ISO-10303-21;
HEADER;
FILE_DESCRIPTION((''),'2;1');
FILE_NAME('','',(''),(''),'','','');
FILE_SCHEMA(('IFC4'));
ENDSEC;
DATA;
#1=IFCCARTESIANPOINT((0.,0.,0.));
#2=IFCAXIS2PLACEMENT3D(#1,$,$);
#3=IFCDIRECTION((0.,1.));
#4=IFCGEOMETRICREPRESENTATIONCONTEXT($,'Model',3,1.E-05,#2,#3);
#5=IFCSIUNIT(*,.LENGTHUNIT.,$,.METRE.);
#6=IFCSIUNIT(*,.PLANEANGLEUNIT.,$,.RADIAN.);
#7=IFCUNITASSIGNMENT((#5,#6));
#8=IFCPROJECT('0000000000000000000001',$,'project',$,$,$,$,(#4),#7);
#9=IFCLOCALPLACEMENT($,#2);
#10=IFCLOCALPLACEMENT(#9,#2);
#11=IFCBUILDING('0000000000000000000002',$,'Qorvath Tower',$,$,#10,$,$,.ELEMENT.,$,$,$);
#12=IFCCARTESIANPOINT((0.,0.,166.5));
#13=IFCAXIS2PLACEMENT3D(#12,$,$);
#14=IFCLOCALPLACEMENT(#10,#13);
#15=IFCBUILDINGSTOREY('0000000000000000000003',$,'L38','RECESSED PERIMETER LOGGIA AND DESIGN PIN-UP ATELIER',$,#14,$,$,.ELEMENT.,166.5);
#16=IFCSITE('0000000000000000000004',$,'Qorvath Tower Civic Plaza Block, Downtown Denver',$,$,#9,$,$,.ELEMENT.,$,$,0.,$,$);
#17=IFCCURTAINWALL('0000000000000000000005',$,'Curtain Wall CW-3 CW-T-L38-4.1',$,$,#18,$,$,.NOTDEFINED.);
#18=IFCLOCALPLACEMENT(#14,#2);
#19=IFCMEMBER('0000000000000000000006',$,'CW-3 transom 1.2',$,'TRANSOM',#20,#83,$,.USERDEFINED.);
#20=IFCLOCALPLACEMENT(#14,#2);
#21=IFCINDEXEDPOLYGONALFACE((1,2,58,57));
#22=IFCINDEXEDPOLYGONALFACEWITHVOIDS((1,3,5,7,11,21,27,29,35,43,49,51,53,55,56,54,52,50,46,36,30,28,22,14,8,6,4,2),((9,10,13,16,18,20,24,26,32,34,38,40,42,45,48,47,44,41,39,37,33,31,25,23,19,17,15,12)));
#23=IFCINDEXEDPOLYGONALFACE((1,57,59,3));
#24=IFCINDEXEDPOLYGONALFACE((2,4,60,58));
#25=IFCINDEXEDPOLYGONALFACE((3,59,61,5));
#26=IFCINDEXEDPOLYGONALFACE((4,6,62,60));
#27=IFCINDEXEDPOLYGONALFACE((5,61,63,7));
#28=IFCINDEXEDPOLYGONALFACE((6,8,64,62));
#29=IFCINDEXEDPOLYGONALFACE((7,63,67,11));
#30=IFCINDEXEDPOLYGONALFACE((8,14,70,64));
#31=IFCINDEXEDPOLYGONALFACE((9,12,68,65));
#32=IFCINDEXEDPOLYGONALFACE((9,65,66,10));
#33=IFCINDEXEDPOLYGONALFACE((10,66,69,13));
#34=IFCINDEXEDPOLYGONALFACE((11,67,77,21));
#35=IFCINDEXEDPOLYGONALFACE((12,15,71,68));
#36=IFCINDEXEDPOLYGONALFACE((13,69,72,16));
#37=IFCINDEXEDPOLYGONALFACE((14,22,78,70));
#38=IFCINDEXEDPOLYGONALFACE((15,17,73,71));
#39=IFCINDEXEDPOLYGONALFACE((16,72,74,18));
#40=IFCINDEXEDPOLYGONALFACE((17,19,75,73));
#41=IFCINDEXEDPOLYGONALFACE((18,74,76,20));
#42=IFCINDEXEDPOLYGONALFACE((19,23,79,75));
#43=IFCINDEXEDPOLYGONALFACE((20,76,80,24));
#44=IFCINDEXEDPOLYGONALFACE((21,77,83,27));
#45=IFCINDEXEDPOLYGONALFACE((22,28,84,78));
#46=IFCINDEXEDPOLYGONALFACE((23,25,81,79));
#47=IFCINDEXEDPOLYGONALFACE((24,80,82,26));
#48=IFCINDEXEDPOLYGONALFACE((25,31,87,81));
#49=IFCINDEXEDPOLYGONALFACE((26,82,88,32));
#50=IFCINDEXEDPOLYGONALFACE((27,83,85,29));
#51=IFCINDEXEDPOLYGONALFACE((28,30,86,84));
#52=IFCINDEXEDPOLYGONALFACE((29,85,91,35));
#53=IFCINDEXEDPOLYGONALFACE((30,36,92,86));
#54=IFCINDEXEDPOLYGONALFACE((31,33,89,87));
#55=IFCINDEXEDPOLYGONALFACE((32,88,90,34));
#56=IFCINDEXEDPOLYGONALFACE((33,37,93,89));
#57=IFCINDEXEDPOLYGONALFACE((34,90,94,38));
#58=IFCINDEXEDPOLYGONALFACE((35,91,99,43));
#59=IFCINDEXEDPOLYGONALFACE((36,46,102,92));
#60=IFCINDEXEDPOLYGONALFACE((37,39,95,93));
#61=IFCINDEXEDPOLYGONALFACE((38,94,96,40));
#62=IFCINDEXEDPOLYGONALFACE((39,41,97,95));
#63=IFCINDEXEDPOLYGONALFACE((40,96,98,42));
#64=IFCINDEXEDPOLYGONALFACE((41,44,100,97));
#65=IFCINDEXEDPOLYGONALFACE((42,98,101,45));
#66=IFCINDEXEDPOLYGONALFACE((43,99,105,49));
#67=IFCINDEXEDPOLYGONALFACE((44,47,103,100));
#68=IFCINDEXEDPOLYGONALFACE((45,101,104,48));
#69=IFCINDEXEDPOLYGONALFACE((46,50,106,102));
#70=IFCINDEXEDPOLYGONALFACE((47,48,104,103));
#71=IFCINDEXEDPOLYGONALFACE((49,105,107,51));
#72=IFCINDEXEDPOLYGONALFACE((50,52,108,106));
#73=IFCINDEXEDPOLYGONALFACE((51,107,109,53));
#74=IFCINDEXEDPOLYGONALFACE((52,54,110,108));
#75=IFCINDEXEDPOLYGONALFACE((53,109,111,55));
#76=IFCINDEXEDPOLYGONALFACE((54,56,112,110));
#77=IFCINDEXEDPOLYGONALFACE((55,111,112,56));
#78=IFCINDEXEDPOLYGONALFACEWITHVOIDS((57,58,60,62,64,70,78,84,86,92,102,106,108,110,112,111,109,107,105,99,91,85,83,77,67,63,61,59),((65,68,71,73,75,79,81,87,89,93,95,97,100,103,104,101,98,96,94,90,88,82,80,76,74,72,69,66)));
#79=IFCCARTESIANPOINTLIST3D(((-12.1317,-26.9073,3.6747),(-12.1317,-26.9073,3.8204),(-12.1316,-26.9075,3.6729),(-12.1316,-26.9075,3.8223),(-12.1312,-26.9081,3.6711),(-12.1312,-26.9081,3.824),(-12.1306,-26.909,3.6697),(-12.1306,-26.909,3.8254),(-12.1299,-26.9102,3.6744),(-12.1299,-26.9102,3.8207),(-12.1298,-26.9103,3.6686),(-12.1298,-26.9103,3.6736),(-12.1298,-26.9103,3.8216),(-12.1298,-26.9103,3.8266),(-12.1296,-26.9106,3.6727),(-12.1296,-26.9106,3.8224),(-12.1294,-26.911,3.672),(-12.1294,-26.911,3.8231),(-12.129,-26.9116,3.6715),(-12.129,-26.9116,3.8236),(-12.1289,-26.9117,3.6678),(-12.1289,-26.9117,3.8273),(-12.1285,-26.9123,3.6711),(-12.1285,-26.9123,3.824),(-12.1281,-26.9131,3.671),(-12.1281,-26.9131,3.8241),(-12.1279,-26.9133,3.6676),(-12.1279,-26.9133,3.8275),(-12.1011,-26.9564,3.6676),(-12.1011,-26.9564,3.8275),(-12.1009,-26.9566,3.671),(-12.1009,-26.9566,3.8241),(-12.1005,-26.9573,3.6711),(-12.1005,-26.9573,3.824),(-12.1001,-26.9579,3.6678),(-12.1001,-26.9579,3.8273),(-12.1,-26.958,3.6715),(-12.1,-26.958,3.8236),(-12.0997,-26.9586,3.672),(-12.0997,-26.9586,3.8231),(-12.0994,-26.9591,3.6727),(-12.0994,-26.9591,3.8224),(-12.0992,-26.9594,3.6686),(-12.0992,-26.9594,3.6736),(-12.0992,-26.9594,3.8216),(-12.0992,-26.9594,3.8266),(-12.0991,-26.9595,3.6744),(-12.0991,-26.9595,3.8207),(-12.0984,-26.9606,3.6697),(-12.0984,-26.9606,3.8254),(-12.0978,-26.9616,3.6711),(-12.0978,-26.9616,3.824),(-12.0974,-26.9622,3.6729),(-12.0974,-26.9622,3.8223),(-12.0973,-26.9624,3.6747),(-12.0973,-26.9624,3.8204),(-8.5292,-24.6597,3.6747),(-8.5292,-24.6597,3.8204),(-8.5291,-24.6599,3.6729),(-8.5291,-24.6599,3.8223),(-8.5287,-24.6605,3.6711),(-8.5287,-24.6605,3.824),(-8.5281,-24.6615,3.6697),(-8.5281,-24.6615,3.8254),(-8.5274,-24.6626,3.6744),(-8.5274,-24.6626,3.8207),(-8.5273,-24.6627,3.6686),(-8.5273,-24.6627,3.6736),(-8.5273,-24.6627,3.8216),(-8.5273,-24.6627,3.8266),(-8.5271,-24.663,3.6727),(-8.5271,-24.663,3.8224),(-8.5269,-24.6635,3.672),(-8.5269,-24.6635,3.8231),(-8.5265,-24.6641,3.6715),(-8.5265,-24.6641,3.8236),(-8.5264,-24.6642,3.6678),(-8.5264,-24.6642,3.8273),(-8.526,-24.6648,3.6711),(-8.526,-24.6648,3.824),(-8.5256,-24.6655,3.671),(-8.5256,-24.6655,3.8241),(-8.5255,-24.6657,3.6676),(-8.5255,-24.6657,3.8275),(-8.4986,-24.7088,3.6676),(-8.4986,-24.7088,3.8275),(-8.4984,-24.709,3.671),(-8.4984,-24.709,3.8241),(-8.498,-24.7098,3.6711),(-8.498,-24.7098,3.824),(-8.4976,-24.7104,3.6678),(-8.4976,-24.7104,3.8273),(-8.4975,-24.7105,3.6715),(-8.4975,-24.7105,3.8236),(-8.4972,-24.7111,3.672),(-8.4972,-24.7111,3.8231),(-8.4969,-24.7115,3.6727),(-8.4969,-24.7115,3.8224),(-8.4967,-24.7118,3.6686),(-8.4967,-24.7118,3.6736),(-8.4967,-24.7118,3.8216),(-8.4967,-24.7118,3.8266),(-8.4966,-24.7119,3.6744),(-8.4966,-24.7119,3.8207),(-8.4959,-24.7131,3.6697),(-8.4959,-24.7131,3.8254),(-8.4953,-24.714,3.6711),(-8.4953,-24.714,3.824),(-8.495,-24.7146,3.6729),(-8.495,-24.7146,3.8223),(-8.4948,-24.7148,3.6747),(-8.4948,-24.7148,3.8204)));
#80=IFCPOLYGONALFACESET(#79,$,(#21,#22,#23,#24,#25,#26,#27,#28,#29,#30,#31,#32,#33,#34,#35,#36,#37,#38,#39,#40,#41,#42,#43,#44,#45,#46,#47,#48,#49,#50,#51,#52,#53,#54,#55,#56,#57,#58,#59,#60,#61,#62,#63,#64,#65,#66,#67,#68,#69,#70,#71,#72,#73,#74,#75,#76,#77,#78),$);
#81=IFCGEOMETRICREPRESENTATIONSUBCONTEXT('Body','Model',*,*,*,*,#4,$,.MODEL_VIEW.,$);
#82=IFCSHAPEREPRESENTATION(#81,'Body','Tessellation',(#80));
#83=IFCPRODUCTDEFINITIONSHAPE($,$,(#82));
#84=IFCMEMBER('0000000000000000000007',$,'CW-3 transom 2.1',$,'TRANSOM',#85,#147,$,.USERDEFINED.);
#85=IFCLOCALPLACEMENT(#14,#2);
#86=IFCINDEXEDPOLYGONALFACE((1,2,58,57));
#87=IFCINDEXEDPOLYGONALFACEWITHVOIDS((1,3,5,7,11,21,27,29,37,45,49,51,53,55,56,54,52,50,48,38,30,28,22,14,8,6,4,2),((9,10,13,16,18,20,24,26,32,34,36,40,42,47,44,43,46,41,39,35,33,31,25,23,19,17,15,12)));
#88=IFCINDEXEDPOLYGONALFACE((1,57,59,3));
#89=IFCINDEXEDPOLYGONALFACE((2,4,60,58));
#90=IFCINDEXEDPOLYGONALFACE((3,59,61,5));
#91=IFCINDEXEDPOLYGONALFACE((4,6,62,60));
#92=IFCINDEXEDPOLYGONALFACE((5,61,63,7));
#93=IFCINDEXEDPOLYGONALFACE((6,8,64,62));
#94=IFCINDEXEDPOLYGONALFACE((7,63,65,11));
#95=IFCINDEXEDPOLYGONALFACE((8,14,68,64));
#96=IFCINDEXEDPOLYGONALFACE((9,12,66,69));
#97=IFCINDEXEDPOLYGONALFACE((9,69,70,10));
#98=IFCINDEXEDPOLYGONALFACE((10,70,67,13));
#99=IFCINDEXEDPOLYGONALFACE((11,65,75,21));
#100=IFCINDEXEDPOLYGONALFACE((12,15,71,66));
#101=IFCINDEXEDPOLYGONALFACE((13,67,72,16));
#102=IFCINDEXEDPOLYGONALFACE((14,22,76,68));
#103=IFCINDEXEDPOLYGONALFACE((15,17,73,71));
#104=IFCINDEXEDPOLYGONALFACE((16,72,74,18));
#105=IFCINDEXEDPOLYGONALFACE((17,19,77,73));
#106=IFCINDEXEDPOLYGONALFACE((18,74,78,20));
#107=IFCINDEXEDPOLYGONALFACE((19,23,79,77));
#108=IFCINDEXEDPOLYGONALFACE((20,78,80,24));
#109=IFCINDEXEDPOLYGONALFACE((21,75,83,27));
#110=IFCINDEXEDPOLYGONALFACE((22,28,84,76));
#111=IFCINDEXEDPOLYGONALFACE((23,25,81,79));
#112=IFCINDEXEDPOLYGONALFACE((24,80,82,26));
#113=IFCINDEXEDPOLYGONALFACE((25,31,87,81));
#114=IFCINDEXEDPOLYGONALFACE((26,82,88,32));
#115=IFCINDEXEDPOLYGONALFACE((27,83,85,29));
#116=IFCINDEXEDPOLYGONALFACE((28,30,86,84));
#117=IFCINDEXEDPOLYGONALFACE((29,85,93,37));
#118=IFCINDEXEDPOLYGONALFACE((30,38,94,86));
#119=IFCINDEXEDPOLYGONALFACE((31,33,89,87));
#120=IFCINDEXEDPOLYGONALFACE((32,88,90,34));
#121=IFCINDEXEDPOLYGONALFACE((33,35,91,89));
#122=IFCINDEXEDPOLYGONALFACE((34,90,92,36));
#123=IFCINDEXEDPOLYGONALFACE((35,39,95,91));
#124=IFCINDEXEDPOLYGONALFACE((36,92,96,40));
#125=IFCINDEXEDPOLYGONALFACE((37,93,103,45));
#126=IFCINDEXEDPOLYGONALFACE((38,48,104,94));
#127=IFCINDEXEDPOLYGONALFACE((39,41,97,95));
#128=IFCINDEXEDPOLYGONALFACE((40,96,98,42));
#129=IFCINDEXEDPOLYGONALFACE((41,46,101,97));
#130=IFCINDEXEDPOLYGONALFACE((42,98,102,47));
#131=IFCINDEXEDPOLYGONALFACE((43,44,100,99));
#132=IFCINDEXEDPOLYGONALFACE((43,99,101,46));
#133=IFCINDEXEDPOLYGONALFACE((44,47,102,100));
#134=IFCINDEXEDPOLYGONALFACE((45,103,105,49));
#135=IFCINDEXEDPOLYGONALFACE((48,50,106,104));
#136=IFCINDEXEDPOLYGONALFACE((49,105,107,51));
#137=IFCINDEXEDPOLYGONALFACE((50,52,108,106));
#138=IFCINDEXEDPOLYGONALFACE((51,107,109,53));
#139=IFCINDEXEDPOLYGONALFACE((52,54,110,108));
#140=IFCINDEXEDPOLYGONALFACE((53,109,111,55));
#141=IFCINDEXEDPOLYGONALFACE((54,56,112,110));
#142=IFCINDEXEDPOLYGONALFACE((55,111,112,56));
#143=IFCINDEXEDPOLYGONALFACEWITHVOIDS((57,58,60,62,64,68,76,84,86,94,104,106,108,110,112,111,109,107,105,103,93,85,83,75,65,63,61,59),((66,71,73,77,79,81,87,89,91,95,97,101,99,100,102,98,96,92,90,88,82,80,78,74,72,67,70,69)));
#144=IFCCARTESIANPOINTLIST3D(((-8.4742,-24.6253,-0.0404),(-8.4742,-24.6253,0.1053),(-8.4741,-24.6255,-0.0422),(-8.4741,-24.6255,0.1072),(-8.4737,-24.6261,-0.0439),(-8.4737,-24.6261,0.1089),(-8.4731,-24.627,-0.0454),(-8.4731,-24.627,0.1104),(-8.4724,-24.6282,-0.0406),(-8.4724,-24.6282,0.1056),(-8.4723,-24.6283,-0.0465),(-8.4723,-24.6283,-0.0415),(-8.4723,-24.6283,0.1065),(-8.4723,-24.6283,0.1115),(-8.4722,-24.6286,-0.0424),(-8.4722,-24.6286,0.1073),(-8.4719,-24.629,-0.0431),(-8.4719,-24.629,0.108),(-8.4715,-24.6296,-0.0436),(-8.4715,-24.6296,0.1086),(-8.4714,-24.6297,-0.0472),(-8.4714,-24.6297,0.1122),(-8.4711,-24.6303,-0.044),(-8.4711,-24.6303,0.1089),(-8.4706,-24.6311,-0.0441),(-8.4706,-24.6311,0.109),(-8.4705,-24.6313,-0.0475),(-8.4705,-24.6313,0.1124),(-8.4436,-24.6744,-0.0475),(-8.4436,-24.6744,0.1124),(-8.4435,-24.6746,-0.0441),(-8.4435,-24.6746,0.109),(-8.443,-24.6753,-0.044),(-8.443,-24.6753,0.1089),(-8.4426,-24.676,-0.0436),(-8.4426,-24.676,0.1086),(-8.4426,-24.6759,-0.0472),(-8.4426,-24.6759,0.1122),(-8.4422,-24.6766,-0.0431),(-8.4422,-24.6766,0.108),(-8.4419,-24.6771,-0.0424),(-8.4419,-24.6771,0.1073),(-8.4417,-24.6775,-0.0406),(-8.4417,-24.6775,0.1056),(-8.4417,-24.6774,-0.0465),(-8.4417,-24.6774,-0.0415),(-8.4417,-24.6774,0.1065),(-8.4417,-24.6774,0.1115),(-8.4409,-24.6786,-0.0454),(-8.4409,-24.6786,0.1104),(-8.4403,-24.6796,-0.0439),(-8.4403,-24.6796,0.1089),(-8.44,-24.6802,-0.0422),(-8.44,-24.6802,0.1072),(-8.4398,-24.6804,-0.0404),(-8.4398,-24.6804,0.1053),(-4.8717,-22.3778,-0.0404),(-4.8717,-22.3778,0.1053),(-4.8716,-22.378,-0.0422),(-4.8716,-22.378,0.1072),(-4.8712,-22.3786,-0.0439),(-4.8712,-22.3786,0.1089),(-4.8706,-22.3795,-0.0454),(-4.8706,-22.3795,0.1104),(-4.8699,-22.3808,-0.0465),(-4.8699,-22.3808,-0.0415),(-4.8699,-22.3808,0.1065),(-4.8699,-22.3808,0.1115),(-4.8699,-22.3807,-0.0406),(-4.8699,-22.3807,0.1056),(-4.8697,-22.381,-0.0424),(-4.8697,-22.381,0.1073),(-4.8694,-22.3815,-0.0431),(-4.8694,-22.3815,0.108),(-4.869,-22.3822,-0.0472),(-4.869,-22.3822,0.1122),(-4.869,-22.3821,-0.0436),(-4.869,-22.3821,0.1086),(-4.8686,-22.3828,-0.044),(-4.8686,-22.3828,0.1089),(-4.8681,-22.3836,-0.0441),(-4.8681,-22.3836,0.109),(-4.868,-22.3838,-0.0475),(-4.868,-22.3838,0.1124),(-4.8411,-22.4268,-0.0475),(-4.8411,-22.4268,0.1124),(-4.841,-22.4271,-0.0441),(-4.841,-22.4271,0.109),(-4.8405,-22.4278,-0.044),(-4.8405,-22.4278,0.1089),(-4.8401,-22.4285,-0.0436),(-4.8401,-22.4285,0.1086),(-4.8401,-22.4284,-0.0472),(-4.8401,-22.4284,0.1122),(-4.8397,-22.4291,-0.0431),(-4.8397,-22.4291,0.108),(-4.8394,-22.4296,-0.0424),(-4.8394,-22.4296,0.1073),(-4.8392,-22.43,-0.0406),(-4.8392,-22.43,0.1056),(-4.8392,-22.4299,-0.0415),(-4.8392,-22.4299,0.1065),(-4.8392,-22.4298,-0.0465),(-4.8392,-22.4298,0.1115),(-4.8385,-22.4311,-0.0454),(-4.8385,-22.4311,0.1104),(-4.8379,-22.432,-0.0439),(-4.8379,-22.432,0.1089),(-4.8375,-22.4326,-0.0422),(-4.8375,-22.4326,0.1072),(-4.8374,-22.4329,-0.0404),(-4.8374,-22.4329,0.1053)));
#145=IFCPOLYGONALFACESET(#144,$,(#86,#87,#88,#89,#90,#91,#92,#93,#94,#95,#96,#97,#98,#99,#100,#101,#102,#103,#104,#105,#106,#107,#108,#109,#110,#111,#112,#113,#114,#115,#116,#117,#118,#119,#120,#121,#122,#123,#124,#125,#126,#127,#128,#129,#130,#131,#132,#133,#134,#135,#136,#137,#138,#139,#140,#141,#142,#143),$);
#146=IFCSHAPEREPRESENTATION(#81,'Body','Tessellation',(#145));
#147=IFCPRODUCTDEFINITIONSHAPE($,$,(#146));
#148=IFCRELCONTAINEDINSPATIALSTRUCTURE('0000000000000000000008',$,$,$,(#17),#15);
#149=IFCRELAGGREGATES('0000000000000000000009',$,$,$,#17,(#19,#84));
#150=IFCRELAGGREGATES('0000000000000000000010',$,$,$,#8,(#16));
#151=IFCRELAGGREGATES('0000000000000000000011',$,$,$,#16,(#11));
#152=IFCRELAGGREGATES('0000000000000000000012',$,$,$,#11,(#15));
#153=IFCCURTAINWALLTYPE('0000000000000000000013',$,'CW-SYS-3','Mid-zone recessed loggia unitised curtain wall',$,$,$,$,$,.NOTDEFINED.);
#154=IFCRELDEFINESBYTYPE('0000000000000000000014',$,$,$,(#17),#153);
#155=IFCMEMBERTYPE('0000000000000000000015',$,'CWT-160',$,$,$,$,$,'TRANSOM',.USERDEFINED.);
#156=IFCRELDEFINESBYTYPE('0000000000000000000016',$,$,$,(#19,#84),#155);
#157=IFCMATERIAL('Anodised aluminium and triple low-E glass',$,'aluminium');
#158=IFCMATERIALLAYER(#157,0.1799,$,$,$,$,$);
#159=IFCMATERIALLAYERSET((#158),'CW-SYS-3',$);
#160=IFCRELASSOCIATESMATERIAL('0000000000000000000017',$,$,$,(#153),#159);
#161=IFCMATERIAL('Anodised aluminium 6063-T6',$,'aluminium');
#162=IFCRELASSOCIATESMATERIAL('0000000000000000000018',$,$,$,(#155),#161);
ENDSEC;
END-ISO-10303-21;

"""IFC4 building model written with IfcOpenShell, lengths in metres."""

from ifc_helpers import new_model, si_unit, direction, frame, origin, origin_2d, place, context, subcontext, project, spatial, hollow_rectangle, extrude, material, layer, layer_set, material_profile, profile_set, type_object, element, aggregate, save


model = new_model("IFC4")

# Units and contexts
model_context = context("Model", 3, precision=1e-05, world=origin(), true_north=direction((0.0, 1.0)))
body_context = subcontext(model_context, "Body", "Model", "MODEL_VIEW")
ifc_project = project(units=[si_unit("LENGTHUNIT", "METRE"), si_unit("PLANEANGLEUNIT", "RADIAN")], contexts=[model_context])

# Site, building, storey
site_placement = place(None, origin())
site = spatial("IfcSite", under=ifc_project, at=site_placement, Name="Qorvath Tower Civic Plaza Block, Downtown Denver", CompositionType="ELEMENT", RefElevation=0.0)
building_placement = place(site_placement, origin())
building = spatial("IfcBuilding", under=site, at=building_placement, Name="Qorvath Tower", CompositionType="ELEMENT")
storey_placement = place(building_placement, frame((0.0, 0.0, 166.5)))
storey = spatial("IfcBuildingStorey", under=building, at=storey_placement, Name="L38", Description="RECESSED PERIMETER LOGGIA AND DESIGN PIN-UP ATELIER", CompositionType="ELEMENT", Elevation=166.5)

# Shared definitions
ifc_material_1 = material(Name="Anodised aluminium and triple low-E glass", Category="aluminium")
ifc_layer_1 = layer(ifc_material_1, 0.1799)
ifc_layer_set_1 = layer_set([ifc_layer_1], Name="CW-SYS-3")
curtain_wall_type = type_object("IfcCurtainWallType", Name="CW-SYS-3", Description="Mid-zone recessed loggia unitised curtain wall", PredefinedType="NOTDEFINED", material=ifc_layer_set_1)

# Curtain wall
curtain_wall_1_placement = place(storey_placement, origin())
curtain_wall_1 = element("IfcCurtainWall", 1, at=curtain_wall_1_placement, inside=storey, type_object=curtain_wall_type, Name="Curtain Wall CW-3 CW-T-L38-4.1", PredefinedType="NOTDEFINED")

# Members
ifc_material_2 = material(Name="Anodised aluminium 6063-T6", Category="aluminium")
ifc_material_profile_1 = material_profile(ifc_material_2, hollow_rectangle(XDim=0.0649, YDim=0.1599, WallThickness=0.0034, InnerFilletRadius=0.0034, OuterFilletRadius=0.0071, at=origin_2d()), Name="CWT 160x65")
ifc_profile_set_1 = profile_set([ifc_material_profile_1], Name="Anodised aluminium 6063-T6")
member_type_1 = type_object("IfcMemberType", Name="CWT-160", ElementType="TRANSOM", PredefinedType="USERDEFINED", material=ifc_profile_set_1)
member_1_placement = place(storey_placement, frame((-12.1145, -26.9348, 3.7476), z_axis=(0.848424, 0.529317, 0.0), x_axis=(-0.529317, 0.848424, 0.0)))
member_1 = element("IfcMember", 2, at=member_1_placement, type_object=member_type_1, Name="CW-3 transom 1.2", ObjectType="TRANSOM", PredefinedType="USERDEFINED", context=body_context, shape_type="SweptSolid", body=[
    extrude(hollow_rectangle(XDim=0.0649, YDim=0.1599, WallThickness=0.0034, InnerFilletRadius=0.0034, OuterFilletRadius=0.0071, at=origin_2d()), origin(), (0.0, 0.0, 1.0), 4.2461),
])
member_2_placement = place(storey_placement, frame((-8.457, -24.6528, 0.0325), z_axis=(0.848424, 0.529317, 0.0), x_axis=(-0.529317, 0.848424, 0.0)))
member_2 = element("IfcMember", 3, at=member_2_placement, type_object=member_type_1, Name="CW-3 transom 2.1", ObjectType="TRANSOM", PredefinedType="USERDEFINED", context=body_context, shape_type="SweptSolid", body=[
    extrude(hollow_rectangle(XDim=0.0649, YDim=0.1599, WallThickness=0.0034, InnerFilletRadius=0.0034, OuterFilletRadius=0.0071, at=origin_2d()), origin(), (0.0, 0.0, 1.0), 4.2461),
])

aggregate(curtain_wall_1, [member_1, member_2])

save(model, "model.ifc")
